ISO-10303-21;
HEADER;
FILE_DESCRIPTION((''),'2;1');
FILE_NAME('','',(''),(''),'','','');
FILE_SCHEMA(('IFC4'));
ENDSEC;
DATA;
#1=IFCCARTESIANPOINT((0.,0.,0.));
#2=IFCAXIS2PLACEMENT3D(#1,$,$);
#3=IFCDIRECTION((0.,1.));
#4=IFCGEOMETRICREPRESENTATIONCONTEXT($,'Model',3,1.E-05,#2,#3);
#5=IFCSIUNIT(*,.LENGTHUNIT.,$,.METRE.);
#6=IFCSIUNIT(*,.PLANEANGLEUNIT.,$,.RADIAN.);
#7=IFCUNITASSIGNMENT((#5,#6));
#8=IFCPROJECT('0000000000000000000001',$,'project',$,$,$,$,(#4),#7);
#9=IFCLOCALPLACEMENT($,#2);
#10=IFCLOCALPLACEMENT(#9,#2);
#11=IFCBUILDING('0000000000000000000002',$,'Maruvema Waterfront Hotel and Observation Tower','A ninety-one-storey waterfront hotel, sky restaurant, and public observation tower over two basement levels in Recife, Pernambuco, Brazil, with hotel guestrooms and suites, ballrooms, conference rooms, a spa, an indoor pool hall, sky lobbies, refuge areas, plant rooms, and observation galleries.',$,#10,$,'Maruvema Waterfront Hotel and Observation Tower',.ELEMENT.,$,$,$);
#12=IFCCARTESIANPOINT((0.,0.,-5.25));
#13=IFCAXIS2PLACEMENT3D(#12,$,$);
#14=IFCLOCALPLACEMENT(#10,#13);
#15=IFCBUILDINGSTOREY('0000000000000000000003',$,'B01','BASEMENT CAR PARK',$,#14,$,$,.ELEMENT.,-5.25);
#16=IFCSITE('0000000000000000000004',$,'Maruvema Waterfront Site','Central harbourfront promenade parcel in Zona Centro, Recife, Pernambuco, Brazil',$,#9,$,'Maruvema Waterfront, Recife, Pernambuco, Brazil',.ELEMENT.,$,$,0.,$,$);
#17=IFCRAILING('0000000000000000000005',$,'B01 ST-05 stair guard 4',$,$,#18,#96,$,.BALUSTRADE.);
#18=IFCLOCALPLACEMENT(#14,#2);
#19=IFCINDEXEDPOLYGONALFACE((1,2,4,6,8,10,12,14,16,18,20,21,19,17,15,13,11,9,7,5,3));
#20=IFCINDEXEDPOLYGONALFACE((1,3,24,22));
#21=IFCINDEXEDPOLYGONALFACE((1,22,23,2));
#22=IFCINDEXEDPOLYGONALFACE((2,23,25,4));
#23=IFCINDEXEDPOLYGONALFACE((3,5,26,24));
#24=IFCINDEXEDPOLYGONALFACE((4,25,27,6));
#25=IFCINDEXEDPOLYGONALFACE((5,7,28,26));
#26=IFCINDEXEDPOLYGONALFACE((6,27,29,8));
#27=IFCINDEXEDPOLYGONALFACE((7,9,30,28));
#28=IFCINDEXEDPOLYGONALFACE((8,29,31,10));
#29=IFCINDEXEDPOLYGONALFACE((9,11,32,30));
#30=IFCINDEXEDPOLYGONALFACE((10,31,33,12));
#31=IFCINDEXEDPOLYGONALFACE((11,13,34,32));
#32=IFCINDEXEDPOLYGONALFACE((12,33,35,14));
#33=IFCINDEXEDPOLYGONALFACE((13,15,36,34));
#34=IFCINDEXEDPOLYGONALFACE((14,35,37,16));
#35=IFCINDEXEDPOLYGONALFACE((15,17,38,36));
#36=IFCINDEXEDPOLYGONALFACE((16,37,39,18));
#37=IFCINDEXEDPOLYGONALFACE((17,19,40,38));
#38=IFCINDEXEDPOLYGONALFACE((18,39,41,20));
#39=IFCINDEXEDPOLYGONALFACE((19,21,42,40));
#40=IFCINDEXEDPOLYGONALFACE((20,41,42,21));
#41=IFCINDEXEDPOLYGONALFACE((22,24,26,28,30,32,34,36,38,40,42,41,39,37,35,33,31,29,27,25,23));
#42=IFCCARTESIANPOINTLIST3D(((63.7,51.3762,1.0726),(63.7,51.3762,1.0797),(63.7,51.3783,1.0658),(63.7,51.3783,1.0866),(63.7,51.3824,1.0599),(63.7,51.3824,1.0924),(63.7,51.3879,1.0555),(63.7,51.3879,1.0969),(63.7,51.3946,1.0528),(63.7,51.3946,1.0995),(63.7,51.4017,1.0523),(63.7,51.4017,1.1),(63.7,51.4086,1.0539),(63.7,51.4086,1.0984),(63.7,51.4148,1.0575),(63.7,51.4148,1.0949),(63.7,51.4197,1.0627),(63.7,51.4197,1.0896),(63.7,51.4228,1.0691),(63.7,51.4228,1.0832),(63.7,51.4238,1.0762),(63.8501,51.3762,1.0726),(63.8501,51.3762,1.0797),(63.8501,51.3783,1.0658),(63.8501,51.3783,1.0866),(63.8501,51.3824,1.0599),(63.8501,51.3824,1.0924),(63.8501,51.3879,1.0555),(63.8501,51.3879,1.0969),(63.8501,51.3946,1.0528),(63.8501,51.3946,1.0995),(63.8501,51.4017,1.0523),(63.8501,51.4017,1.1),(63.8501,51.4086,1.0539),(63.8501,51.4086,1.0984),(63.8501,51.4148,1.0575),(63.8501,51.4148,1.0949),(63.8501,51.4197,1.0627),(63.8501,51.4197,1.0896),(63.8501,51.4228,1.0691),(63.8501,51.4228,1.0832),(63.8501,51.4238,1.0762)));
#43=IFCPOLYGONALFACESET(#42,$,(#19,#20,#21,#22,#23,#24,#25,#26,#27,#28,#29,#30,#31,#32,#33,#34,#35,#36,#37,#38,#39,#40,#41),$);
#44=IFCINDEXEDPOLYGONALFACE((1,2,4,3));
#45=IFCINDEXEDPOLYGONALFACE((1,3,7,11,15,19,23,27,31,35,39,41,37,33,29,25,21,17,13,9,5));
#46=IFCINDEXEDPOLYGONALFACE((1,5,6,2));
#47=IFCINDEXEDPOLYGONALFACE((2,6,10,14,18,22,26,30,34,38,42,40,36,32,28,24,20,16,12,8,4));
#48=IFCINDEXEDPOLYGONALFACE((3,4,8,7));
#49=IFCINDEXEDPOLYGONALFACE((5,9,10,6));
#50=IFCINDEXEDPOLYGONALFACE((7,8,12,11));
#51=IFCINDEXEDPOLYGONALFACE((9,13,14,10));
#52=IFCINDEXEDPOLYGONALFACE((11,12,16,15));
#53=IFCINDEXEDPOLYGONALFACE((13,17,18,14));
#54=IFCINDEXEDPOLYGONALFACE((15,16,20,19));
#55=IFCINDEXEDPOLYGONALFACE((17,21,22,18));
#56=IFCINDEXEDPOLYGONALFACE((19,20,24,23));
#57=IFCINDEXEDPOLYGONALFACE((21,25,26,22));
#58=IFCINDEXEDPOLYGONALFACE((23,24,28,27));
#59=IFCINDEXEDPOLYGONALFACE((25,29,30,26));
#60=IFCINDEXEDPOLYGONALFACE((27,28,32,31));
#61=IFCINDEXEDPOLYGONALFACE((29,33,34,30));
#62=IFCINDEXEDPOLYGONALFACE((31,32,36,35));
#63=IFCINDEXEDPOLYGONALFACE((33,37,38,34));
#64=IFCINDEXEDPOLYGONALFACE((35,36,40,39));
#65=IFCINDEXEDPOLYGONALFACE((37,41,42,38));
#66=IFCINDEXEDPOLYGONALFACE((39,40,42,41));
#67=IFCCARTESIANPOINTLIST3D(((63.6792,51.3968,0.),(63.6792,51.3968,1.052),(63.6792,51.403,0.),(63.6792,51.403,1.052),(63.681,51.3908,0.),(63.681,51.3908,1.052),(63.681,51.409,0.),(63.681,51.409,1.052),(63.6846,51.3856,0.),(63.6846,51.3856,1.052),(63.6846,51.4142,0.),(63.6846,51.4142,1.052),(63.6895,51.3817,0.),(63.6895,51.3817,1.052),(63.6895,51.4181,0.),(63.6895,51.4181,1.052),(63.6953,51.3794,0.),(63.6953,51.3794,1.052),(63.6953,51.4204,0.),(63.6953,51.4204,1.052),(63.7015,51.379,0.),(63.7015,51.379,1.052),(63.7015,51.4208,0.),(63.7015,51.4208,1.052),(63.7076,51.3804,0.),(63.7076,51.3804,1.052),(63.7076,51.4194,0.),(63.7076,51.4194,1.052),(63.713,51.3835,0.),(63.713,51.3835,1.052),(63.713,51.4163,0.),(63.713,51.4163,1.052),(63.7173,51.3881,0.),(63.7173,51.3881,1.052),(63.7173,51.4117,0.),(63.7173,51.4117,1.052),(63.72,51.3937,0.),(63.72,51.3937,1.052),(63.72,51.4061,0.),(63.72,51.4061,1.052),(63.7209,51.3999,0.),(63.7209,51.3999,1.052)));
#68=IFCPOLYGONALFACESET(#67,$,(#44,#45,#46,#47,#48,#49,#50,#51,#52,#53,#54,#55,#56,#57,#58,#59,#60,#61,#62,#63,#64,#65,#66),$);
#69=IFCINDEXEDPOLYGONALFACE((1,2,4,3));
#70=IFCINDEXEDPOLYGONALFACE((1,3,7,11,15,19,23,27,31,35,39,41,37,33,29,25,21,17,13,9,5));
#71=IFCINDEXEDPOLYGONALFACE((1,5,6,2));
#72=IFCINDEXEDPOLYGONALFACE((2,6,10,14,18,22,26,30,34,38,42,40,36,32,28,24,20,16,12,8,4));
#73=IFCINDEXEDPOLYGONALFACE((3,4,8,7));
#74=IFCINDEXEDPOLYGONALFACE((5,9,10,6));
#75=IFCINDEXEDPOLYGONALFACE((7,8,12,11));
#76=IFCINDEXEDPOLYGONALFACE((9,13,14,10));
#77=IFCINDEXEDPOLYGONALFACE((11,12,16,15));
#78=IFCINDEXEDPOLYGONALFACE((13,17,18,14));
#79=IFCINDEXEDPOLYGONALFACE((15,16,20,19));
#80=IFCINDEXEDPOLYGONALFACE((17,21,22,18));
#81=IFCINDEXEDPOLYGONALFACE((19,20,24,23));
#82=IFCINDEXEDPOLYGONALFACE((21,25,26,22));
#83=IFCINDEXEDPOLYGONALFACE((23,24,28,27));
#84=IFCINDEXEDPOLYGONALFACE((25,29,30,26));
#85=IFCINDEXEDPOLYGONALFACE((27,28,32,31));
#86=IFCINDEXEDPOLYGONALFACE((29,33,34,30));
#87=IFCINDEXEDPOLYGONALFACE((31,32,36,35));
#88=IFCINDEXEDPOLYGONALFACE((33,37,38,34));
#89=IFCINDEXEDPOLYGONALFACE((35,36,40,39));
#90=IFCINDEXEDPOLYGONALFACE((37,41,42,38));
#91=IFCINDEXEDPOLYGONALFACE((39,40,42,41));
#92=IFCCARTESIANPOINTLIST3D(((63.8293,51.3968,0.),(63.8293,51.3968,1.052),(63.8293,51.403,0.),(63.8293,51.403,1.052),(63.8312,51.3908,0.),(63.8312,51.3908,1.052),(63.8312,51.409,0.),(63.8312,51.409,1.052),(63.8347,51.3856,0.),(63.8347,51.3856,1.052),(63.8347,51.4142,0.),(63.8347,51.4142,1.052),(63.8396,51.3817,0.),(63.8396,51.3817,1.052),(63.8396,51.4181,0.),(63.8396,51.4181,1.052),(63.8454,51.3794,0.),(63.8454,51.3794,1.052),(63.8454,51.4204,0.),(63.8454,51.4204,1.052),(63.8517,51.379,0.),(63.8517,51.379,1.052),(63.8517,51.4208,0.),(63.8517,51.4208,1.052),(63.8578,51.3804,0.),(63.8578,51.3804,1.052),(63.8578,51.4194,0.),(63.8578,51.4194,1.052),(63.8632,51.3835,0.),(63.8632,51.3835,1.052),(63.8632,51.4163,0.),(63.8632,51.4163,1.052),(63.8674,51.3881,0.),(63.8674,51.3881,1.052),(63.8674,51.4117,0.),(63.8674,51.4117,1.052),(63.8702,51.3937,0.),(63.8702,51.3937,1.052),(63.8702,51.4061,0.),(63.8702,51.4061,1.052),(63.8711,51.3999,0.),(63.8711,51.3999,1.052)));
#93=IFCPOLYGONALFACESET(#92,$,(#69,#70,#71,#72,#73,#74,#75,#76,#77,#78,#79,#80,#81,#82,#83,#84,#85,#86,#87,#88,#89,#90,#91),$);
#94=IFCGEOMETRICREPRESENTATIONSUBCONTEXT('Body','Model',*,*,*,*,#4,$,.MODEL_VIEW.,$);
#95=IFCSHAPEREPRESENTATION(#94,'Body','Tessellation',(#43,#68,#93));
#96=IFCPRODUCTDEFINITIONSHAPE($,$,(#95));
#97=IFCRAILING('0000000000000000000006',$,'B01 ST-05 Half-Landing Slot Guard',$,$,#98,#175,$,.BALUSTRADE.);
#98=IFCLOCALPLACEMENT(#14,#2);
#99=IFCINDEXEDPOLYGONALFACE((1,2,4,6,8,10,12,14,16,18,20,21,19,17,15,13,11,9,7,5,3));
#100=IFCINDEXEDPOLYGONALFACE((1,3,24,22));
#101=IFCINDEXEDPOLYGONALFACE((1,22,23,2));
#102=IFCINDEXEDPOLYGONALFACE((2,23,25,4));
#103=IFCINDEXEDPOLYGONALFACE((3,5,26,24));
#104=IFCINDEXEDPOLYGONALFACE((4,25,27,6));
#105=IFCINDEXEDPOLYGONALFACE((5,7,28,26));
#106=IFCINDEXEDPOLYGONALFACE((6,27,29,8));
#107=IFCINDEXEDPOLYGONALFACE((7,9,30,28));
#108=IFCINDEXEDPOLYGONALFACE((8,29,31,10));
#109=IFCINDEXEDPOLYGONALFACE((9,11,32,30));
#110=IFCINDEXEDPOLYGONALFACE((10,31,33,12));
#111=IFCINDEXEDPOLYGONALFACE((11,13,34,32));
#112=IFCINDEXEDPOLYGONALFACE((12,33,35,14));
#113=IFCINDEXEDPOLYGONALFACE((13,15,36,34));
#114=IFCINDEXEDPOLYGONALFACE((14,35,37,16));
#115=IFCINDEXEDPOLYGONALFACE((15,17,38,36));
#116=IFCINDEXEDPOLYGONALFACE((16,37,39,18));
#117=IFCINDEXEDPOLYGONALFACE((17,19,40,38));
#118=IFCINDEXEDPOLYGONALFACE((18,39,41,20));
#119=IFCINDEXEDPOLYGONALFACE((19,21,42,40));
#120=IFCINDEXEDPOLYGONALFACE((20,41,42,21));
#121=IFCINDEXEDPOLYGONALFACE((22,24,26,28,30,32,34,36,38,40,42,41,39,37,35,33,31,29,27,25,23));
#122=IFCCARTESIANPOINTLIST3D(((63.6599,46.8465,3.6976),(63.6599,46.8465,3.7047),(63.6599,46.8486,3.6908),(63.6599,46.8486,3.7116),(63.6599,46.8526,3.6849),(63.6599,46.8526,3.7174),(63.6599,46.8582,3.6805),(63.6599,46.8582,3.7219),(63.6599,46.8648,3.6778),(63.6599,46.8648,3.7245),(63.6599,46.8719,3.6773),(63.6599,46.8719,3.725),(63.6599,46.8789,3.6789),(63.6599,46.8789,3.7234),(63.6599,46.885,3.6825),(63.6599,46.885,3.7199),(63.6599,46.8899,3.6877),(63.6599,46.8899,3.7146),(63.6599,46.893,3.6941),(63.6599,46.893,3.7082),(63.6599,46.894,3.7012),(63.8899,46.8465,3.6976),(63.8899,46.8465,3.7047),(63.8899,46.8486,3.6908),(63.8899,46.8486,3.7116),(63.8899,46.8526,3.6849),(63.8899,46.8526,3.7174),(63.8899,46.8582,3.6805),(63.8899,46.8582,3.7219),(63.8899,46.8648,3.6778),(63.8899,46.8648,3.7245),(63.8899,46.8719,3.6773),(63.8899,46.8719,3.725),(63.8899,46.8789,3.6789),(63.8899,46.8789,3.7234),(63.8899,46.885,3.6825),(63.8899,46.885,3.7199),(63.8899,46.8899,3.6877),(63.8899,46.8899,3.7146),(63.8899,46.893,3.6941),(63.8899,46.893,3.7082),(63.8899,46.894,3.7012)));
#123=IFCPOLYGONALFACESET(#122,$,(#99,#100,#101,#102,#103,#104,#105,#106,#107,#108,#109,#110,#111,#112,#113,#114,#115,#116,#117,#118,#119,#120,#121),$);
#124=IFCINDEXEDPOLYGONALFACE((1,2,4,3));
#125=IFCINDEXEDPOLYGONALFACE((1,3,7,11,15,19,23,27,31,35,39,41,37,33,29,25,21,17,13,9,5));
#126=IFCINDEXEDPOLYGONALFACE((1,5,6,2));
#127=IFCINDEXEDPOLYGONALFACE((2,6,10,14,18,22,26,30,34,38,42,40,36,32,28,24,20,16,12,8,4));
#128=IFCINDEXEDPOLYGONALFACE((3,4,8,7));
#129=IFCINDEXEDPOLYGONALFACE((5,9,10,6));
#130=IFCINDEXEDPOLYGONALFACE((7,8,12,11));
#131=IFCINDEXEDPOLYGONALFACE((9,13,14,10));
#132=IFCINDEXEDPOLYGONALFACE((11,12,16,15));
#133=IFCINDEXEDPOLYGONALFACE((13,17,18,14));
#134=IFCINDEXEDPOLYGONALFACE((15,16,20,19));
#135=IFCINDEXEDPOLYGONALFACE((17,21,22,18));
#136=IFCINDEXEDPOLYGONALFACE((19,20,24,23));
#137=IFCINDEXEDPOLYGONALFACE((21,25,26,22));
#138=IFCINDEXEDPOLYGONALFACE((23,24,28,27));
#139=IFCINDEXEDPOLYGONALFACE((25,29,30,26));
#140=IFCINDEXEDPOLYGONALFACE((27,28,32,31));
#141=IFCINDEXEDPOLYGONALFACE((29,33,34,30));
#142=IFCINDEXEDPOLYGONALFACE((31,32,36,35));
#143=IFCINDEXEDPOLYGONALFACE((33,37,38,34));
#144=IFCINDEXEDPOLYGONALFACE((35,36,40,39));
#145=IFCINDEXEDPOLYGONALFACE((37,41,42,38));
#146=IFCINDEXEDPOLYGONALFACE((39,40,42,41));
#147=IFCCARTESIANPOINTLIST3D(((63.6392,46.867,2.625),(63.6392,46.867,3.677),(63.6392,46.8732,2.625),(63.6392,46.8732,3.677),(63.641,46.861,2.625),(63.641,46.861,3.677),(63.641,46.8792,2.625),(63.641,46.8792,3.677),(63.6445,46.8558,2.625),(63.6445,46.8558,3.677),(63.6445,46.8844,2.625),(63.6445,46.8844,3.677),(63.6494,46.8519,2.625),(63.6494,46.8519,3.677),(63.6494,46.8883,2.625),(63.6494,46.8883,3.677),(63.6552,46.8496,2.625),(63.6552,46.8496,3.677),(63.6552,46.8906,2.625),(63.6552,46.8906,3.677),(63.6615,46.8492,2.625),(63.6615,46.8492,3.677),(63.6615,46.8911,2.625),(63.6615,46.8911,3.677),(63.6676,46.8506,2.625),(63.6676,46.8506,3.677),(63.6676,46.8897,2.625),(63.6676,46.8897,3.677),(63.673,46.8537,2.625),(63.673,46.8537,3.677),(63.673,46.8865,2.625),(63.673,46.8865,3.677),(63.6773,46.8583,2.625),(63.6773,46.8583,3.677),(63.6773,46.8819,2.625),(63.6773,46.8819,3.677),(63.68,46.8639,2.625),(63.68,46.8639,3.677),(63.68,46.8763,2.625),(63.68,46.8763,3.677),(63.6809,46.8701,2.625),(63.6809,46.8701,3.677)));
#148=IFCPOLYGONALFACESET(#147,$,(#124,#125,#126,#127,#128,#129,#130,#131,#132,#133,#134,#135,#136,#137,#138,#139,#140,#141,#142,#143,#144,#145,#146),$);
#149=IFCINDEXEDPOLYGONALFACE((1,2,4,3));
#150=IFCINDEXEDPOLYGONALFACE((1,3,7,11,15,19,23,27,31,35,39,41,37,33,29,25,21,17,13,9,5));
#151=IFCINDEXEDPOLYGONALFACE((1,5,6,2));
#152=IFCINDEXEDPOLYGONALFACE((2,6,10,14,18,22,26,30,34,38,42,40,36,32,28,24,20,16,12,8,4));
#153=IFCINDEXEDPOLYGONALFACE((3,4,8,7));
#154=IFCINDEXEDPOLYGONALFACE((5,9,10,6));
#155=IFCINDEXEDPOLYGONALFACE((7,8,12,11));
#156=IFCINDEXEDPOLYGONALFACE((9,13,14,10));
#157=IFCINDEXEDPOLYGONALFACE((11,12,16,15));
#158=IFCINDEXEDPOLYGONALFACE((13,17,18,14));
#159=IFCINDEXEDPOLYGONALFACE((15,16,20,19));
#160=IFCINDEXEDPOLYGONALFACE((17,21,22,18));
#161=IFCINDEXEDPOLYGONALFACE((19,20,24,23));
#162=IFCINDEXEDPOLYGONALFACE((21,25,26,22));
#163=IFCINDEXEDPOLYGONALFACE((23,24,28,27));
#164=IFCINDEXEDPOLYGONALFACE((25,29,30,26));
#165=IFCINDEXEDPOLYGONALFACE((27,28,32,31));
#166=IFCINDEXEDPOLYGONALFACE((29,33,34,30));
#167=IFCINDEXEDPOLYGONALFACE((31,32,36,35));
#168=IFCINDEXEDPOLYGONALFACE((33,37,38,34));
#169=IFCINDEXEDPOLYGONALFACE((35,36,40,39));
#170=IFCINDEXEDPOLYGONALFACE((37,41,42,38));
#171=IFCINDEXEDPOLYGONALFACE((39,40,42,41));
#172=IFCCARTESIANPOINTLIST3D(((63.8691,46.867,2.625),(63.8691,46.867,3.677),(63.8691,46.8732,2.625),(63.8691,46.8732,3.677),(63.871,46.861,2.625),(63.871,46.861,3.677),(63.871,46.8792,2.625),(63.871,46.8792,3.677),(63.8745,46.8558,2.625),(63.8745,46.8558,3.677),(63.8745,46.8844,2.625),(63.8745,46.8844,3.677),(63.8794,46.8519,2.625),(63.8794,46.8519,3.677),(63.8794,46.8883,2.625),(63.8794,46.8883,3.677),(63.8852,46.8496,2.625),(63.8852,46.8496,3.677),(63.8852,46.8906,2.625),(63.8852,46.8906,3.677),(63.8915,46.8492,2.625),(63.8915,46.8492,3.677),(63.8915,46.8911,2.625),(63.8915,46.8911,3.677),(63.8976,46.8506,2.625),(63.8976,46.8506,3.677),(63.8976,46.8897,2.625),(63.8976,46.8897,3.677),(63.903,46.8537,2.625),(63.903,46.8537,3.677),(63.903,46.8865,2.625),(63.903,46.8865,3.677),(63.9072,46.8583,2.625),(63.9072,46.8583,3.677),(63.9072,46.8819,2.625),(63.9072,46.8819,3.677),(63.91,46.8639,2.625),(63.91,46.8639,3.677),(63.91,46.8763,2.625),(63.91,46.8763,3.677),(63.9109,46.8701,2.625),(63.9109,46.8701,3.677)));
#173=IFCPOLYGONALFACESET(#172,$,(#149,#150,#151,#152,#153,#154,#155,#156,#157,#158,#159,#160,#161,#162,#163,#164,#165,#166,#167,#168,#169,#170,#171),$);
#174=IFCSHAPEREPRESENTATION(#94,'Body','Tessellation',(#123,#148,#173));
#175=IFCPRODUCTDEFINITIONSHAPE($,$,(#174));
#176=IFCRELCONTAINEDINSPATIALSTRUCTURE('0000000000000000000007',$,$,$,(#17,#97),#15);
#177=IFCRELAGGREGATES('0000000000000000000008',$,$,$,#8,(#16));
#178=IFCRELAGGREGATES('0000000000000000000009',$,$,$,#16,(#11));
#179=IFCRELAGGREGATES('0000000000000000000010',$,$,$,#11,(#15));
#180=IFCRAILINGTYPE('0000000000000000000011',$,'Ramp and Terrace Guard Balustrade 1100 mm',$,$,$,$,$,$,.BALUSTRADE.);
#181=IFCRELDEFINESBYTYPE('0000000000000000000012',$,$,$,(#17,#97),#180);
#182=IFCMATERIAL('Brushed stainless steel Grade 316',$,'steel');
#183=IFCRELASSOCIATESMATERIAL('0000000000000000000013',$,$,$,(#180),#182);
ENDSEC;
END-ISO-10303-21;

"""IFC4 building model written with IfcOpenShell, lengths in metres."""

from ifc_helpers import new_model, si_unit, direction, frame, origin, origin_2d, place, context, subcontext, project, spatial, circle, extrude, material, type_object, element, save


model = new_model("IFC4")

# Units and contexts
model_context = context("Model", 3, precision=1e-05, world=origin(), true_north=direction((0.0, 1.0)))
body_context = subcontext(model_context, "Body", "Model", "MODEL_VIEW")
ifc_project = project(units=[si_unit("LENGTHUNIT", "METRE"), si_unit("PLANEANGLEUNIT", "RADIAN")], contexts=[model_context])

# Site, building, storey
site_placement = place(None, origin())
site = spatial("IfcSite", under=ifc_project, at=site_placement, Name="Maruvema Waterfront Site", Description="Central harbourfront promenade parcel in Zona Centro, Recife, Pernambuco, Brazil", LongName="Maruvema Waterfront, Recife, Pernambuco, Brazil", CompositionType="ELEMENT", RefElevation=0.0)
building_placement = place(site_placement, origin())
building = spatial("IfcBuilding", under=site, at=building_placement, Name="Maruvema Waterfront Hotel and Observation Tower", Description="A ninety-one-storey waterfront hotel, sky restaurant, and public observation tower over two basement levels in Recife, Pernambuco, Brazil, with hotel guestrooms and suites, ballrooms, conference rooms, a spa, an indoor pool hall, sky lobbies, refuge areas, plant rooms, and observation galleries.", LongName="Maruvema Waterfront Hotel and Observation Tower", CompositionType="ELEMENT")
storey_placement = place(building_placement, frame((0.0, 0.0, -5.25)))
storey = spatial("IfcBuildingStorey", under=building, at=storey_placement, Name="B01", Description="BASEMENT CAR PARK", CompositionType="ELEMENT", Elevation=-5.25)

# Railings
ifc_material_1 = material(Name="Brushed stainless steel Grade 316", Category="steel")
railing_type_1 = type_object("IfcRailingType", Name="Ramp and Terrace Guard Balustrade 1100 mm", PredefinedType="BALUSTRADE", material=ifc_material_1)
railing_1_placement = place(storey_placement, frame((63.7, 51.3999, 0.0)))
element("IfcRailing", 1, at=railing_1_placement, inside=storey, type_object=railing_type_1, Name="B01 ST-05 stair guard 4", PredefinedType="BALUSTRADE", context=body_context, shape_type="SweptSolid", body=[
    extrude(circle(Radius=0.0239, at=origin_2d()), frame((0.0, 0.0, 1.0762), z_axis=(1.0, 0.0, 0.0), x_axis=(0.0, 1.0, 0.0)), (0.0, 0.0, 1.0), 0.1501),
    extrude(circle(Radius=0.021, at=origin_2d()), origin(), (0.0, 0.0, 1.0), 1.052),
    extrude(circle(Radius=0.021, at=origin_2d()), frame((0.1501, 0.0, 0.0)), (0.0, 0.0, 1.0), 1.052),
])
railing_2_placement = place(storey_placement, frame((63.6599, 46.8701, 2.625)))
element("IfcRailing", 2, at=railing_2_placement, inside=storey, type_object=railing_type_1, Name="B01 ST-05 Half-Landing Slot Guard", PredefinedType="BALUSTRADE", context=body_context, shape_type="SweptSolid", body=[
    extrude(circle(Radius=0.0239, at=origin_2d()), frame((0.0, 0.0, 1.0762), z_axis=(1.0, 0.0, 0.0), x_axis=(0.0, 1.0, 0.0)), (0.0, 0.0, 1.0), 0.23),
    extrude(circle(Radius=0.021, at=origin_2d()), origin(), (0.0, 0.0, 1.0), 1.052),
    extrude(circle(Radius=0.021, at=origin_2d()), frame((0.23, 0.0, 0.0)), (0.0, 0.0, 1.0), 1.052),
])

save(model, "model.ifc")
